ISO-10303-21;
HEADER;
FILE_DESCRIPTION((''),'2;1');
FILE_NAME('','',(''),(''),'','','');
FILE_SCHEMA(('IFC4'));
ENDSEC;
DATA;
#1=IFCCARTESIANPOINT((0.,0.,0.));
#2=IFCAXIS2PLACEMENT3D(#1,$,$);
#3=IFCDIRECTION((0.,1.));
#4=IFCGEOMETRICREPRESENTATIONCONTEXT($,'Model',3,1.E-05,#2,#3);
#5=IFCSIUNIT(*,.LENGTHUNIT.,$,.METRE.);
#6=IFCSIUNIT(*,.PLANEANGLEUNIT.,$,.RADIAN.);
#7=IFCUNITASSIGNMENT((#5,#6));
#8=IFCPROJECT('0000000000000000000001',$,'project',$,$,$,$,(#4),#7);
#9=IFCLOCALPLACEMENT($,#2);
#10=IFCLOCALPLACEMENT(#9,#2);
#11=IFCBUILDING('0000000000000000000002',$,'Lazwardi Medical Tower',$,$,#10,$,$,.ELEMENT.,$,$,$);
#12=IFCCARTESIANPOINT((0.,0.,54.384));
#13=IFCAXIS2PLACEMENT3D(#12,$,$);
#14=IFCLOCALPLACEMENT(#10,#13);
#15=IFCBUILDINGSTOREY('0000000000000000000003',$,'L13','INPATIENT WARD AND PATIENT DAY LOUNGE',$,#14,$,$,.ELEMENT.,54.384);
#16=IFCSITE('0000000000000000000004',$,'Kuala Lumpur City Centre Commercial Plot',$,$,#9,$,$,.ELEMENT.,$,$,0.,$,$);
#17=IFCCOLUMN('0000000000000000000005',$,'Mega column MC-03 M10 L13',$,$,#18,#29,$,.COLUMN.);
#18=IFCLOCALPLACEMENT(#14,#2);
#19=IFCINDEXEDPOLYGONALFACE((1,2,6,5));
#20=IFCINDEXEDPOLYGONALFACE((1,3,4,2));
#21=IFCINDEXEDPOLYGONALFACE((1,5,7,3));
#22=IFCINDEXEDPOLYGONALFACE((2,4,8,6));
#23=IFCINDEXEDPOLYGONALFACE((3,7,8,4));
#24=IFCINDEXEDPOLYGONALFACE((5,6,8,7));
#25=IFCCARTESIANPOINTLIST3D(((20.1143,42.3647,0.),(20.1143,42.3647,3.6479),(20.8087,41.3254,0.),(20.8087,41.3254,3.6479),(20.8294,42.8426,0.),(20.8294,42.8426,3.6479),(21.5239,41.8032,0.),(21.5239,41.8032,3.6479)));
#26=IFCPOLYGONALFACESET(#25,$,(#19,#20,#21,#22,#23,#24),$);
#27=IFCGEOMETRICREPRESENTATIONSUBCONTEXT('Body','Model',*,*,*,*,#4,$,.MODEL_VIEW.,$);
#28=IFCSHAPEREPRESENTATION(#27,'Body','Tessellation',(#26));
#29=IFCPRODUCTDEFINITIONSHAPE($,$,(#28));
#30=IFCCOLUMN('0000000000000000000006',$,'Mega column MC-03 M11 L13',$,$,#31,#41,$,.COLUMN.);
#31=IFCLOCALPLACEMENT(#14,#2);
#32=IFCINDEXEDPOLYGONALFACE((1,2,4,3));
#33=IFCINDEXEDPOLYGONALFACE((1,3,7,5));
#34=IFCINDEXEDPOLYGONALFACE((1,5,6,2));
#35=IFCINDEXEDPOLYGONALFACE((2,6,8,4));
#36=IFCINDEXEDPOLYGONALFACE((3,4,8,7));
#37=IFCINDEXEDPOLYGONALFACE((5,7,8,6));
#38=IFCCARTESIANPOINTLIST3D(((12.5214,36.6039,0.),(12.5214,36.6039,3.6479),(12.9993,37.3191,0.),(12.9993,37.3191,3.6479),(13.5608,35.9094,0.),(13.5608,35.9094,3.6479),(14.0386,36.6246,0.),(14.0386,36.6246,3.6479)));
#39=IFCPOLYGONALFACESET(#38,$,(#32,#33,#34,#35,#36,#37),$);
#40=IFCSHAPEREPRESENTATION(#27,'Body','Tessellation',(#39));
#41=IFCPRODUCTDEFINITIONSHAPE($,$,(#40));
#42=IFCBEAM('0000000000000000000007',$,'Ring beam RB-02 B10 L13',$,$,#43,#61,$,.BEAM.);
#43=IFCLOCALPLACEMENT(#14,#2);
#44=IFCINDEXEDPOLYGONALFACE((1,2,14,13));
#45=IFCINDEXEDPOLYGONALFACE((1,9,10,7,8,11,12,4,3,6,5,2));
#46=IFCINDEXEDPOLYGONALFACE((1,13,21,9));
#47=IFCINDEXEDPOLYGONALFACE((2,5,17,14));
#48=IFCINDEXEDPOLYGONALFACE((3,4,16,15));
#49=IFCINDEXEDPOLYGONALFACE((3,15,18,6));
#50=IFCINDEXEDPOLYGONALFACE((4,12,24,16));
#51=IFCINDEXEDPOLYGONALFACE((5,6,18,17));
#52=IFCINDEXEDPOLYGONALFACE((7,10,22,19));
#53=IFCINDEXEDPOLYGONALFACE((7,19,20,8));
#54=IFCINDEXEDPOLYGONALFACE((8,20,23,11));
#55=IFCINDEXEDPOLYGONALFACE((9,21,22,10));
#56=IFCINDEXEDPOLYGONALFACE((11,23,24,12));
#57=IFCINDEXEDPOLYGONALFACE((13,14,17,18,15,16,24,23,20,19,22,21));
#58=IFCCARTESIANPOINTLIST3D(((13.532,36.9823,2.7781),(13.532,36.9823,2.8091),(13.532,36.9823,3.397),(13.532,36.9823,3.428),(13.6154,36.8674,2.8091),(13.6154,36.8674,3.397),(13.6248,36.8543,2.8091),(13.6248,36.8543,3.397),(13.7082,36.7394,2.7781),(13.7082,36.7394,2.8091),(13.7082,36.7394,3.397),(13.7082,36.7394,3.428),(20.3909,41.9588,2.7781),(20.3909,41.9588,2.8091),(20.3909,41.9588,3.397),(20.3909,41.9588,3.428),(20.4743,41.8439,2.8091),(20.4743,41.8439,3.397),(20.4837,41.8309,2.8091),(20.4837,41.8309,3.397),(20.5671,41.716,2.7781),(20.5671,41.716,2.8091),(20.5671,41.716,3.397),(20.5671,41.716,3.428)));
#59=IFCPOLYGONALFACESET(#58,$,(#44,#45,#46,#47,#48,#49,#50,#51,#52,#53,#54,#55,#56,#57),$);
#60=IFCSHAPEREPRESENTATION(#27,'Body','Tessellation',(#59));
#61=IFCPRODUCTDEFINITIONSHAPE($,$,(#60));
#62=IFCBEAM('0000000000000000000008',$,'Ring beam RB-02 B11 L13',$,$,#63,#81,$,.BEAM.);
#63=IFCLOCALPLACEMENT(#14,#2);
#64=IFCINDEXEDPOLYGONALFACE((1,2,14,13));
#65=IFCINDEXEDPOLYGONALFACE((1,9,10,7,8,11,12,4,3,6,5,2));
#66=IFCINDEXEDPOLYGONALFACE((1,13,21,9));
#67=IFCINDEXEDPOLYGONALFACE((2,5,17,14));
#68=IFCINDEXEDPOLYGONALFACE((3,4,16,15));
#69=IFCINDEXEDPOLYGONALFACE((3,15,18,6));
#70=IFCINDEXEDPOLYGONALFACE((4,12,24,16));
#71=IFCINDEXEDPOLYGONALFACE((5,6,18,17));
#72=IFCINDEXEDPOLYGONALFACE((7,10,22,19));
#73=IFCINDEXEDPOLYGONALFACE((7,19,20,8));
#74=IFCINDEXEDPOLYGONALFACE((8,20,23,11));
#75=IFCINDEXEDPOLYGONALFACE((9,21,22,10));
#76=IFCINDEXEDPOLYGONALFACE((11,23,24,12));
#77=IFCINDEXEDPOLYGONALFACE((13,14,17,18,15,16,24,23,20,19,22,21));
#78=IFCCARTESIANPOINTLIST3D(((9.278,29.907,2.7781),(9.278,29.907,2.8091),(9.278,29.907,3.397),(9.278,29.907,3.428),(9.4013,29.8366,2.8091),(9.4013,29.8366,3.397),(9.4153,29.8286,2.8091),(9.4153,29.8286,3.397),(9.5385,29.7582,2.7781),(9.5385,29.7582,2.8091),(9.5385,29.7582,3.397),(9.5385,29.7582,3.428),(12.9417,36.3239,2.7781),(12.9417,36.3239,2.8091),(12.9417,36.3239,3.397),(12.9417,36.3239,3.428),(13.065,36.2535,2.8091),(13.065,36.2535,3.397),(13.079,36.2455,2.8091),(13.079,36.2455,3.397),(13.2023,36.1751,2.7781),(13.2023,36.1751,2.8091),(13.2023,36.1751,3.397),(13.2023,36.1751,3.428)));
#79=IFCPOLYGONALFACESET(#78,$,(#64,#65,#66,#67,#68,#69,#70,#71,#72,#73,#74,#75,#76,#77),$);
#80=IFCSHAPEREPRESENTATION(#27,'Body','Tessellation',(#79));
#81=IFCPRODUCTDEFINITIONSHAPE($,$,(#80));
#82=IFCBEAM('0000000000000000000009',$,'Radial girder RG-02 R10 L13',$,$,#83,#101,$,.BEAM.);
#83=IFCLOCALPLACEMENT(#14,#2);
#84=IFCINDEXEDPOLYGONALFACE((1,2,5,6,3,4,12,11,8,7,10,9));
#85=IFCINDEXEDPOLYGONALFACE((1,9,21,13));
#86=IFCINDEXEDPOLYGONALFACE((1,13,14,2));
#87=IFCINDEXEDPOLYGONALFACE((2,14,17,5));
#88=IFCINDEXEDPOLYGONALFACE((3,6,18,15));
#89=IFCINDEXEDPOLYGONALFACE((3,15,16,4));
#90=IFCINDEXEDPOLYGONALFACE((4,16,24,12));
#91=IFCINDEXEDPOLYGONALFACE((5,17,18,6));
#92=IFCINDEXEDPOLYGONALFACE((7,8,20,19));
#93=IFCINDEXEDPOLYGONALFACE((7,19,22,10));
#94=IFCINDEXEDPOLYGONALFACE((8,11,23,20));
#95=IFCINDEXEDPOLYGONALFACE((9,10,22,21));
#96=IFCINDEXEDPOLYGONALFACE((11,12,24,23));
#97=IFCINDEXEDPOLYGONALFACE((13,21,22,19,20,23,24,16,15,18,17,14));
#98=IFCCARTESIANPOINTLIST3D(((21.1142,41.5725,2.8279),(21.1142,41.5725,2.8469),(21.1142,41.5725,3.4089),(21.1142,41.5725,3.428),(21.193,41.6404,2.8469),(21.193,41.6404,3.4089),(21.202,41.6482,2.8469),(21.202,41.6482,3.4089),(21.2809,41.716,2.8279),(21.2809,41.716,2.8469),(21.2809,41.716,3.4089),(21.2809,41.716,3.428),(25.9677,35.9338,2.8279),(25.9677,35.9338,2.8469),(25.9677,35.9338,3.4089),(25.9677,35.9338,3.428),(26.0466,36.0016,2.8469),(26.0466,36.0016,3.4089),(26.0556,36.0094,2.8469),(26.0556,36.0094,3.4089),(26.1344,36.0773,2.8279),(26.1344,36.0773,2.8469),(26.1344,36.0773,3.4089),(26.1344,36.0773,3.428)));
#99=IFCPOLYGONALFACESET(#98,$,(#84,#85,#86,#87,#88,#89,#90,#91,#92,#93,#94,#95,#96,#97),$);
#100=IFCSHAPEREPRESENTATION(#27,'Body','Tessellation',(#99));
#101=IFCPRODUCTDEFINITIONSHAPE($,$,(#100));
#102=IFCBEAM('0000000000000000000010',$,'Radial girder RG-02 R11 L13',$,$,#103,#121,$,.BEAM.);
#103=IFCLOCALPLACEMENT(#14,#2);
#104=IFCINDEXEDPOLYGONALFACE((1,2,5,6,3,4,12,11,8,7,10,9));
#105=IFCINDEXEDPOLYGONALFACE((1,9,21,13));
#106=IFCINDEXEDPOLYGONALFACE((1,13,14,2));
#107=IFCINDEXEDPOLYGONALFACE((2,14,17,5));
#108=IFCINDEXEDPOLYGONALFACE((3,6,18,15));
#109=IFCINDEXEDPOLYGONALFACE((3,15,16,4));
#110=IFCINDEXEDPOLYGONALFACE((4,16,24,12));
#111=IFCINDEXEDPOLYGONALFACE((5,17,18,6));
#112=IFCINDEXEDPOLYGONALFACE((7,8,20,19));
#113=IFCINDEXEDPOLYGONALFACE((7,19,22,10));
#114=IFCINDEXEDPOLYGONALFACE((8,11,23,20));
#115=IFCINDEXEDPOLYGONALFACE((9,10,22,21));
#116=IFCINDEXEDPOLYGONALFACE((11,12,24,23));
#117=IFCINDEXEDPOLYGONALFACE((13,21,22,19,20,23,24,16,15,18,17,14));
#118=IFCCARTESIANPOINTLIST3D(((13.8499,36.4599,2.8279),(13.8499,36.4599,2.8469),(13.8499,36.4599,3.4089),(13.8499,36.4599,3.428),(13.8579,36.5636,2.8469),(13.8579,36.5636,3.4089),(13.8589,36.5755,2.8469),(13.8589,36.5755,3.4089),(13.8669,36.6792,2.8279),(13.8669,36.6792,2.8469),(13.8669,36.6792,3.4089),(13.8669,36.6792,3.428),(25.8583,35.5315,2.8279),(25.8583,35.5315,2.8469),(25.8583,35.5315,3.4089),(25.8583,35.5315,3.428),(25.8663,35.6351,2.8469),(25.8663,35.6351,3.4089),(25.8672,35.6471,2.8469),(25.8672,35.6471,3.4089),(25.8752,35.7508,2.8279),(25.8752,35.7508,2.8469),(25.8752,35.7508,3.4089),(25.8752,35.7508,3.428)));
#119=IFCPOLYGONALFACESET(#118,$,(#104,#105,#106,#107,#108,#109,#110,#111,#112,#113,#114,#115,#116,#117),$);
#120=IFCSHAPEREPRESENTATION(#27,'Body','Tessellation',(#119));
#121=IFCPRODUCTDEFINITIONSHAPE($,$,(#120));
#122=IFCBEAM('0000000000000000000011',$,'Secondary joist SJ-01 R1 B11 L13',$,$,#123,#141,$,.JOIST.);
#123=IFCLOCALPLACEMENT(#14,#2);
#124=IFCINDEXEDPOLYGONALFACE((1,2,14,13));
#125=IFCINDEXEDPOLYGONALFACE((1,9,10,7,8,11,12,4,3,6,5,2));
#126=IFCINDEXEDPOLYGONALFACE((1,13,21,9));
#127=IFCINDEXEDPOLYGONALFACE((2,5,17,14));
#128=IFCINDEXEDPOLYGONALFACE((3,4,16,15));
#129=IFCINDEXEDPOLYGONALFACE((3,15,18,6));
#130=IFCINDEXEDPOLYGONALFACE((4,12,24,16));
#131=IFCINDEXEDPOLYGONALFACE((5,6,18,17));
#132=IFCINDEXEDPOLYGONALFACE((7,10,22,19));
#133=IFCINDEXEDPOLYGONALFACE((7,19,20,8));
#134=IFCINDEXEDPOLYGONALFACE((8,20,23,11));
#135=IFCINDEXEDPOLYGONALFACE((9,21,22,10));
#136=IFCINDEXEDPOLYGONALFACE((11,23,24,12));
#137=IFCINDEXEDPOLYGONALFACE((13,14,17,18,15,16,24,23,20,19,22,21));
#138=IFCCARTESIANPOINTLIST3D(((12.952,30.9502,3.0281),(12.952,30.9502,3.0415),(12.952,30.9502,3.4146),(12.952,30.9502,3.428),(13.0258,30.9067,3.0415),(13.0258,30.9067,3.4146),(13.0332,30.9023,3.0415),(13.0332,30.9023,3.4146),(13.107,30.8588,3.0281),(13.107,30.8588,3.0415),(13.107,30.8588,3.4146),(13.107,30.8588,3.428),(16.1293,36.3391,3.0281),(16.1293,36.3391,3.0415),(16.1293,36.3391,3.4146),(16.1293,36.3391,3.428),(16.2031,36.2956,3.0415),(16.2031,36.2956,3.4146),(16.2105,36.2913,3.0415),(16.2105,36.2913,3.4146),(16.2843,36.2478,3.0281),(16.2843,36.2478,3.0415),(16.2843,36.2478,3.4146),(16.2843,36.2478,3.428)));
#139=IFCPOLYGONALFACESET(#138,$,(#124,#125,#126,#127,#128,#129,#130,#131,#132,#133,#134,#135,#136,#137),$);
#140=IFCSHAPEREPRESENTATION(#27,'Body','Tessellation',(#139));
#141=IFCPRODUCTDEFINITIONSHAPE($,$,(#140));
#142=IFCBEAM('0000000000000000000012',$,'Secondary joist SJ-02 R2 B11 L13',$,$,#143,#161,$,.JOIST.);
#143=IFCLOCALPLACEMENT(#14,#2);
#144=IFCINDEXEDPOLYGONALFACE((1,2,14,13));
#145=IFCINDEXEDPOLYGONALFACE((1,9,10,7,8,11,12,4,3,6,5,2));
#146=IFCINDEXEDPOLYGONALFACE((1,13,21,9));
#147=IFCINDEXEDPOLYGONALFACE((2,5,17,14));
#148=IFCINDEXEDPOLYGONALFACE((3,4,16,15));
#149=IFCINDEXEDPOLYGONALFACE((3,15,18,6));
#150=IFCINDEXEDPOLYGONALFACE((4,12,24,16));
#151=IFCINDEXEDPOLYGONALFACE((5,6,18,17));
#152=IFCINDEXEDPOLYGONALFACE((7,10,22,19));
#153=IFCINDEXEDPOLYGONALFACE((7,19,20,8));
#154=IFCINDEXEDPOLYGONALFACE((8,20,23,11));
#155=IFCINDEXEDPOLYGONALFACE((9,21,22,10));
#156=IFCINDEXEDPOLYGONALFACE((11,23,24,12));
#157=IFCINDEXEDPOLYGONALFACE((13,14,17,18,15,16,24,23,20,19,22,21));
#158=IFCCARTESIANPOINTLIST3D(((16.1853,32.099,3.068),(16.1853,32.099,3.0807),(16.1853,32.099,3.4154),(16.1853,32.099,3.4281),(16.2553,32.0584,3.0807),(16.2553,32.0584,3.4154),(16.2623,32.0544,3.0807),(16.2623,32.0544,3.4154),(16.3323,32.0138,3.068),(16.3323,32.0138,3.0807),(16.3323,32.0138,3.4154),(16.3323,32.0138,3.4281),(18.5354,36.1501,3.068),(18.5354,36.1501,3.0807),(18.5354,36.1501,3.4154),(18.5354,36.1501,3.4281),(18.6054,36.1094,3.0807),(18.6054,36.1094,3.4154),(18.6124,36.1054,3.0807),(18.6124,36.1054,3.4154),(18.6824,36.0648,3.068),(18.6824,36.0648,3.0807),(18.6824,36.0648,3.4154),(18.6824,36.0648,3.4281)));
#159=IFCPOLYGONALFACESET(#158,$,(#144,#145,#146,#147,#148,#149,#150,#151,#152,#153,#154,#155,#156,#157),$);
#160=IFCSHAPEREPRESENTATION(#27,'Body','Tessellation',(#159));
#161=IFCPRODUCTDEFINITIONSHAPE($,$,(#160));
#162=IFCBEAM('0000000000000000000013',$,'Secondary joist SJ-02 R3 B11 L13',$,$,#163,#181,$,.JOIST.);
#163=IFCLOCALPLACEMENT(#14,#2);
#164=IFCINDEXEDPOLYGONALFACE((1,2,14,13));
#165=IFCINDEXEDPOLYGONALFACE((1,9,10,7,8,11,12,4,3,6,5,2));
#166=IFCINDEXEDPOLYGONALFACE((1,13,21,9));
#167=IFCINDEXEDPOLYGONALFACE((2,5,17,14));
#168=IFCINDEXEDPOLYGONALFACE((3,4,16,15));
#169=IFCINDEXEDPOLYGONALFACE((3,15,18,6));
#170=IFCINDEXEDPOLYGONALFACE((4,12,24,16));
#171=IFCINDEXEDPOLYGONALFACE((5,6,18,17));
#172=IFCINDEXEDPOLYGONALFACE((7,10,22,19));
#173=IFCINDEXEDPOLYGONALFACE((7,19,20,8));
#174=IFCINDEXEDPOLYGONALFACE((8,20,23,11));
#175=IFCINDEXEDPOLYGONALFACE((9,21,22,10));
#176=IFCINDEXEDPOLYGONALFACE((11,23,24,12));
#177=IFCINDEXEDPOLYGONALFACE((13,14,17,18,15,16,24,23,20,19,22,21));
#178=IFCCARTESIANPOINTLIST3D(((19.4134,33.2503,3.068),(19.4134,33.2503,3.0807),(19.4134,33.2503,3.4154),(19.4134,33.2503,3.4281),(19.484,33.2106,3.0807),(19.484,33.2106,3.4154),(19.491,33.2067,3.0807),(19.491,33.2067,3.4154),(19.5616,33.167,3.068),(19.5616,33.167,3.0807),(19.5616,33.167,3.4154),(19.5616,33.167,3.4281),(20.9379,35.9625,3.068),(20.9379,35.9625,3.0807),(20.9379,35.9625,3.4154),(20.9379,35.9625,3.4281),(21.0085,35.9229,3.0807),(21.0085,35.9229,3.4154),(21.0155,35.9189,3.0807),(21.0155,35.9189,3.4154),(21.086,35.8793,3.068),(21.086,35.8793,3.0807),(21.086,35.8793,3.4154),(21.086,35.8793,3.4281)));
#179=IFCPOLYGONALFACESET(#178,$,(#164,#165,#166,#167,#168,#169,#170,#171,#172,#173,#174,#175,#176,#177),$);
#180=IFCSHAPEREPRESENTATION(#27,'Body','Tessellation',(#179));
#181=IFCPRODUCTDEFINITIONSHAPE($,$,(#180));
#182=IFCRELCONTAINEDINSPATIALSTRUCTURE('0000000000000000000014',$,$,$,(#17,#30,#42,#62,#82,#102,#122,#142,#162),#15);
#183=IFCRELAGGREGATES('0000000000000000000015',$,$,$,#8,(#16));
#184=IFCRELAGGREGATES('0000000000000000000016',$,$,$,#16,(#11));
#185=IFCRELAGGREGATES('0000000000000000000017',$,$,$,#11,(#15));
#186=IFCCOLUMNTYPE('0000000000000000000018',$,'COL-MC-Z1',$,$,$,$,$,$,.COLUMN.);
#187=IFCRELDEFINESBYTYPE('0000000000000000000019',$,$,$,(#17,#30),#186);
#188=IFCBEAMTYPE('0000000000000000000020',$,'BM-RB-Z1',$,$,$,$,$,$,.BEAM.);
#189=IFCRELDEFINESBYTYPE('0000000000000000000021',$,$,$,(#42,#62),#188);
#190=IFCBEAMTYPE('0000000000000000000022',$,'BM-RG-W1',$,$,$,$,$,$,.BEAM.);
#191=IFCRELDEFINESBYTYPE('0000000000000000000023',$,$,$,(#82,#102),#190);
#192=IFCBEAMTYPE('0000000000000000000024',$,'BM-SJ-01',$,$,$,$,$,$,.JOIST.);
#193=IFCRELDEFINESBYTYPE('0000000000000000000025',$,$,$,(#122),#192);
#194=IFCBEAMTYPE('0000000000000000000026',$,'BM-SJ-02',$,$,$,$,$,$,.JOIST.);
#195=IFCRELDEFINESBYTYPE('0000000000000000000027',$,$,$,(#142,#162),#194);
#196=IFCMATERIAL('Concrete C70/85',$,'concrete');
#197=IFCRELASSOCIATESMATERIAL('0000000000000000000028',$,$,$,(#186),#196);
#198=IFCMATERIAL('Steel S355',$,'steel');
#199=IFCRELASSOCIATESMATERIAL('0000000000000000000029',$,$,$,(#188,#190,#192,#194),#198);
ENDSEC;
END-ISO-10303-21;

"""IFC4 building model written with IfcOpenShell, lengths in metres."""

from ifc_helpers import new_model, si_unit, direction, frame, origin, origin_2d, place, context, subcontext, project, spatial, rectangle, i_section, extrude, material, material_profile, profile_set, type_object, element, save


model = new_model("IFC4")

# Units and contexts
model_context = context("Model", 3, precision=1e-05, world=origin(), true_north=direction((0.0, 1.0)))
body_context = subcontext(model_context, "Body", "Model", "MODEL_VIEW")
ifc_project = project(units=[si_unit("LENGTHUNIT", "METRE"), si_unit("PLANEANGLEUNIT", "RADIAN")], contexts=[model_context])

# Site, building, storey
site_placement = place(None, origin())
site = spatial("IfcSite", under=ifc_project, at=site_placement, Name="Kuala Lumpur City Centre Commercial Plot", CompositionType="ELEMENT", RefElevation=0.0)
building_placement = place(site_placement, origin())
building = spatial("IfcBuilding", under=site, at=building_placement, Name="Lazwardi Medical Tower", CompositionType="ELEMENT")
storey_placement = place(building_placement, frame((0.0, 0.0, 54.384)))
storey = spatial("IfcBuildingStorey", under=building, at=storey_placement, Name="L13", Description="INPATIENT WARD AND PATIENT DAY LOUNGE", CompositionType="ELEMENT", Elevation=54.384)

# Columns
ifc_material_1 = material(Name="Concrete C70/85", Category="concrete")
ifc_material_profile_1 = material_profile(ifc_material_1, rectangle(XDim=1.25, YDim=0.8601, at=origin_2d()), Name="CFT-RECT 1250x860")
ifc_profile_set_1 = profile_set([ifc_material_profile_1], Name="Concrete C70/85")
column_type = type_object("IfcColumnType", Name="COL-MC-Z1", PredefinedType="COLUMN", material=ifc_profile_set_1)
for number, where, z_axis, x_axis, name in (
    (1, (20.8191, 42.084, 0.0), (0.0, 0.0, 1.0), (-0.55557, 0.83147, 0.0), "Mega column MC-03 M10 L13"),
    (2, (13.28, 36.6143, 0.0), (0.0, 0.0, 1.0), (-0.83147, 0.55557, 0.0), "Mega column MC-03 M11 L13"),
):
    element("IfcColumn", number, at=place(storey_placement, frame(where, z_axis=z_axis, x_axis=x_axis)), inside=storey, type_object=column_type, Name=name, PredefinedType="COLUMN", context=body_context, shape_type="SweptSolid", body=[
        extrude(rectangle(XDim=1.25, YDim=0.8601, at=origin_2d()), origin(), (0.0, 0.0, 1.0), 3.6479),
    ])

# Beams
ifc_material_2 = material(Name="Steel S355", Category="steel")
ifc_material_profile_2 = material_profile(ifc_material_2, i_section(OverallWidth=0.3, OverallDepth=0.6499, WebThickness=0.0161, FlangeThickness=0.031, at=origin_2d()), Name="HEB 650")
ifc_profile_set_2 = profile_set([ifc_material_profile_2], Name="Steel S355")
beam_type_1 = type_object("IfcBeamType", Name="BM-RB-Z1", PredefinedType="BEAM", material=ifc_profile_set_2)
beam_1_placement = place(storey_placement, frame((20.479, 41.8374, 3.103), z_axis=(-0.809393, -0.587267, 0.0), x_axis=(0.587267, -0.809393, 0.0)))
element("IfcBeam", 3, at=beam_1_placement, inside=storey, type_object=beam_type_1, Name="Ring beam RB-02 B10 L13", PredefinedType="BEAM", context=body_context, shape_type="SweptSolid", body=[
    extrude(i_section(OverallWidth=0.3, OverallDepth=0.6499, WebThickness=0.0161, FlangeThickness=0.031, at=origin_2d()), origin(), (0.0, 0.0, 1.0), 8.4741),
])
beam_2_placement = place(storey_placement, frame((13.072, 36.2495, 3.103), z_axis=(-0.495829, -0.86842, 0.0), x_axis=(0.86842, -0.495829, 0.0)))
element("IfcBeam", 4, at=beam_2_placement, inside=storey, type_object=beam_type_1, Name="Ring beam RB-02 B11 L13", PredefinedType="BEAM", context=body_context, shape_type="SweptSolid", body=[
    extrude(i_section(OverallWidth=0.3, OverallDepth=0.6499, WebThickness=0.0161, FlangeThickness=0.031, at=origin_2d()), origin(), (0.0, 0.0, 1.0), 7.3892),
])
ifc_material_profile_3 = material_profile(ifc_material_2, i_section(OverallWidth=0.22, OverallDepth=0.6001, WebThickness=0.012, FlangeThickness=0.019, at=origin_2d()), Name="IPE 600")
ifc_profile_set_3 = profile_set([ifc_material_profile_3], Name="Steel S355")
beam_type_2 = type_object("IfcBeamType", Name="BM-RG-W1", PredefinedType="BEAM", material=ifc_profile_set_3)
beam_3_placement = place(storey_placement, frame((21.1975, 41.6443, 3.1279), z_axis=(0.652368, -0.757902, 0.0), x_axis=(0.757902, 0.652368, 0.0)))
element("IfcBeam", 5, at=beam_3_placement, inside=storey, type_object=beam_type_2, Name="Radial girder RG-02 R10 L13", PredefinedType="BEAM", context=body_context, shape_type="SweptSolid", body=[
    extrude(i_section(OverallWidth=0.22, OverallDepth=0.6001, WebThickness=0.012, FlangeThickness=0.019, at=origin_2d()), origin(), (0.0, 0.0, 1.0), 7.4399),
])
beam_4_placement = place(storey_placement, frame((13.8584, 36.5696, 3.1279), z_axis=(0.997024, -0.077089, 0.0), x_axis=(0.077089, 0.997024, 0.0)))
element("IfcBeam", 6, at=beam_4_placement, inside=storey, type_object=beam_type_2, Name="Radial girder RG-02 R11 L13", PredefinedType="BEAM", context=body_context, shape_type="SweptSolid", body=[
    extrude(i_section(OverallWidth=0.22, OverallDepth=0.6001, WebThickness=0.012, FlangeThickness=0.019, at=origin_2d()), origin(), (0.0, 0.0, 1.0), 12.0442),
])
ifc_material_profile_4 = material_profile(ifc_material_2, i_section(OverallWidth=0.1799, OverallDepth=0.3999, WebThickness=0.0085, FlangeThickness=0.0134, at=origin_2d()), Name="IPE 400")
ifc_profile_set_4 = profile_set([ifc_material_profile_4], Name="Steel S355")
beam_type_3 = type_object("IfcBeamType", Name="BM-SJ-01", PredefinedType="JOIST", material=ifc_profile_set_4)
beam_5_placement = place(storey_placement, frame((16.2068, 36.2935, 3.228), z_axis=(-0.507886, -0.861424, 0.0), x_axis=(0.861424, -0.507886, 0.0)))
element("IfcBeam", 7, at=beam_5_placement, inside=storey, type_object=beam_type_3, Name="Secondary joist SJ-01 R1 B11 L13", PredefinedType="JOIST", context=body_context, shape_type="SweptSolid", body=[
    extrude(i_section(OverallWidth=0.1799, OverallDepth=0.3999, WebThickness=0.0085, FlangeThickness=0.0134, at=origin_2d()), origin(), (0.0, 0.0, 1.0), 6.2559),
])
ifc_material_profile_5 = material_profile(ifc_material_2, i_section(OverallWidth=0.1699, OverallDepth=0.3601, WebThickness=0.0081, FlangeThickness=0.0127, at=origin_2d()), Name="IPE 360")
ifc_profile_set_5 = profile_set([ifc_material_profile_5], Name="Steel S355")
beam_type_4 = type_object("IfcBeamType", Name="BM-SJ-02", PredefinedType="JOIST", material=ifc_profile_set_5)
beam_6_placement = place(storey_placement, frame((18.6089, 36.1074, 3.248), z_axis=(-0.501798, -0.864985, 0.0), x_axis=(0.864985, -0.501798, 0.0)))
element("IfcBeam", 8, at=beam_6_placement, inside=storey, type_object=beam_type_4, Name="Secondary joist SJ-02 R2 B11 L13", PredefinedType="JOIST", context=body_context, shape_type="SweptSolid", body=[
    extrude(i_section(OverallWidth=0.1699, OverallDepth=0.3601, WebThickness=0.0081, FlangeThickness=0.0127, at=origin_2d()), origin(), (0.0, 0.0, 1.0), 4.6833),
])
beam_7_placement = place(storey_placement, frame((21.012, 35.9209, 3.248), z_axis=(-0.489974, -0.871737, 0.0), x_axis=(0.871737, -0.489974, 0.0)))
element("IfcBeam", 9, at=beam_7_placement, inside=storey, type_object=beam_type_4, Name="Secondary joist SJ-02 R3 B11 L13", PredefinedType="JOIST", context=body_context, shape_type="SweptSolid", body=[
    extrude(i_section(OverallWidth=0.1699, OverallDepth=0.3601, WebThickness=0.0081, FlangeThickness=0.0127, at=origin_2d()), origin(), (0.0, 0.0, 1.0), 3.1113),
])

save(model, "model.ifc")
